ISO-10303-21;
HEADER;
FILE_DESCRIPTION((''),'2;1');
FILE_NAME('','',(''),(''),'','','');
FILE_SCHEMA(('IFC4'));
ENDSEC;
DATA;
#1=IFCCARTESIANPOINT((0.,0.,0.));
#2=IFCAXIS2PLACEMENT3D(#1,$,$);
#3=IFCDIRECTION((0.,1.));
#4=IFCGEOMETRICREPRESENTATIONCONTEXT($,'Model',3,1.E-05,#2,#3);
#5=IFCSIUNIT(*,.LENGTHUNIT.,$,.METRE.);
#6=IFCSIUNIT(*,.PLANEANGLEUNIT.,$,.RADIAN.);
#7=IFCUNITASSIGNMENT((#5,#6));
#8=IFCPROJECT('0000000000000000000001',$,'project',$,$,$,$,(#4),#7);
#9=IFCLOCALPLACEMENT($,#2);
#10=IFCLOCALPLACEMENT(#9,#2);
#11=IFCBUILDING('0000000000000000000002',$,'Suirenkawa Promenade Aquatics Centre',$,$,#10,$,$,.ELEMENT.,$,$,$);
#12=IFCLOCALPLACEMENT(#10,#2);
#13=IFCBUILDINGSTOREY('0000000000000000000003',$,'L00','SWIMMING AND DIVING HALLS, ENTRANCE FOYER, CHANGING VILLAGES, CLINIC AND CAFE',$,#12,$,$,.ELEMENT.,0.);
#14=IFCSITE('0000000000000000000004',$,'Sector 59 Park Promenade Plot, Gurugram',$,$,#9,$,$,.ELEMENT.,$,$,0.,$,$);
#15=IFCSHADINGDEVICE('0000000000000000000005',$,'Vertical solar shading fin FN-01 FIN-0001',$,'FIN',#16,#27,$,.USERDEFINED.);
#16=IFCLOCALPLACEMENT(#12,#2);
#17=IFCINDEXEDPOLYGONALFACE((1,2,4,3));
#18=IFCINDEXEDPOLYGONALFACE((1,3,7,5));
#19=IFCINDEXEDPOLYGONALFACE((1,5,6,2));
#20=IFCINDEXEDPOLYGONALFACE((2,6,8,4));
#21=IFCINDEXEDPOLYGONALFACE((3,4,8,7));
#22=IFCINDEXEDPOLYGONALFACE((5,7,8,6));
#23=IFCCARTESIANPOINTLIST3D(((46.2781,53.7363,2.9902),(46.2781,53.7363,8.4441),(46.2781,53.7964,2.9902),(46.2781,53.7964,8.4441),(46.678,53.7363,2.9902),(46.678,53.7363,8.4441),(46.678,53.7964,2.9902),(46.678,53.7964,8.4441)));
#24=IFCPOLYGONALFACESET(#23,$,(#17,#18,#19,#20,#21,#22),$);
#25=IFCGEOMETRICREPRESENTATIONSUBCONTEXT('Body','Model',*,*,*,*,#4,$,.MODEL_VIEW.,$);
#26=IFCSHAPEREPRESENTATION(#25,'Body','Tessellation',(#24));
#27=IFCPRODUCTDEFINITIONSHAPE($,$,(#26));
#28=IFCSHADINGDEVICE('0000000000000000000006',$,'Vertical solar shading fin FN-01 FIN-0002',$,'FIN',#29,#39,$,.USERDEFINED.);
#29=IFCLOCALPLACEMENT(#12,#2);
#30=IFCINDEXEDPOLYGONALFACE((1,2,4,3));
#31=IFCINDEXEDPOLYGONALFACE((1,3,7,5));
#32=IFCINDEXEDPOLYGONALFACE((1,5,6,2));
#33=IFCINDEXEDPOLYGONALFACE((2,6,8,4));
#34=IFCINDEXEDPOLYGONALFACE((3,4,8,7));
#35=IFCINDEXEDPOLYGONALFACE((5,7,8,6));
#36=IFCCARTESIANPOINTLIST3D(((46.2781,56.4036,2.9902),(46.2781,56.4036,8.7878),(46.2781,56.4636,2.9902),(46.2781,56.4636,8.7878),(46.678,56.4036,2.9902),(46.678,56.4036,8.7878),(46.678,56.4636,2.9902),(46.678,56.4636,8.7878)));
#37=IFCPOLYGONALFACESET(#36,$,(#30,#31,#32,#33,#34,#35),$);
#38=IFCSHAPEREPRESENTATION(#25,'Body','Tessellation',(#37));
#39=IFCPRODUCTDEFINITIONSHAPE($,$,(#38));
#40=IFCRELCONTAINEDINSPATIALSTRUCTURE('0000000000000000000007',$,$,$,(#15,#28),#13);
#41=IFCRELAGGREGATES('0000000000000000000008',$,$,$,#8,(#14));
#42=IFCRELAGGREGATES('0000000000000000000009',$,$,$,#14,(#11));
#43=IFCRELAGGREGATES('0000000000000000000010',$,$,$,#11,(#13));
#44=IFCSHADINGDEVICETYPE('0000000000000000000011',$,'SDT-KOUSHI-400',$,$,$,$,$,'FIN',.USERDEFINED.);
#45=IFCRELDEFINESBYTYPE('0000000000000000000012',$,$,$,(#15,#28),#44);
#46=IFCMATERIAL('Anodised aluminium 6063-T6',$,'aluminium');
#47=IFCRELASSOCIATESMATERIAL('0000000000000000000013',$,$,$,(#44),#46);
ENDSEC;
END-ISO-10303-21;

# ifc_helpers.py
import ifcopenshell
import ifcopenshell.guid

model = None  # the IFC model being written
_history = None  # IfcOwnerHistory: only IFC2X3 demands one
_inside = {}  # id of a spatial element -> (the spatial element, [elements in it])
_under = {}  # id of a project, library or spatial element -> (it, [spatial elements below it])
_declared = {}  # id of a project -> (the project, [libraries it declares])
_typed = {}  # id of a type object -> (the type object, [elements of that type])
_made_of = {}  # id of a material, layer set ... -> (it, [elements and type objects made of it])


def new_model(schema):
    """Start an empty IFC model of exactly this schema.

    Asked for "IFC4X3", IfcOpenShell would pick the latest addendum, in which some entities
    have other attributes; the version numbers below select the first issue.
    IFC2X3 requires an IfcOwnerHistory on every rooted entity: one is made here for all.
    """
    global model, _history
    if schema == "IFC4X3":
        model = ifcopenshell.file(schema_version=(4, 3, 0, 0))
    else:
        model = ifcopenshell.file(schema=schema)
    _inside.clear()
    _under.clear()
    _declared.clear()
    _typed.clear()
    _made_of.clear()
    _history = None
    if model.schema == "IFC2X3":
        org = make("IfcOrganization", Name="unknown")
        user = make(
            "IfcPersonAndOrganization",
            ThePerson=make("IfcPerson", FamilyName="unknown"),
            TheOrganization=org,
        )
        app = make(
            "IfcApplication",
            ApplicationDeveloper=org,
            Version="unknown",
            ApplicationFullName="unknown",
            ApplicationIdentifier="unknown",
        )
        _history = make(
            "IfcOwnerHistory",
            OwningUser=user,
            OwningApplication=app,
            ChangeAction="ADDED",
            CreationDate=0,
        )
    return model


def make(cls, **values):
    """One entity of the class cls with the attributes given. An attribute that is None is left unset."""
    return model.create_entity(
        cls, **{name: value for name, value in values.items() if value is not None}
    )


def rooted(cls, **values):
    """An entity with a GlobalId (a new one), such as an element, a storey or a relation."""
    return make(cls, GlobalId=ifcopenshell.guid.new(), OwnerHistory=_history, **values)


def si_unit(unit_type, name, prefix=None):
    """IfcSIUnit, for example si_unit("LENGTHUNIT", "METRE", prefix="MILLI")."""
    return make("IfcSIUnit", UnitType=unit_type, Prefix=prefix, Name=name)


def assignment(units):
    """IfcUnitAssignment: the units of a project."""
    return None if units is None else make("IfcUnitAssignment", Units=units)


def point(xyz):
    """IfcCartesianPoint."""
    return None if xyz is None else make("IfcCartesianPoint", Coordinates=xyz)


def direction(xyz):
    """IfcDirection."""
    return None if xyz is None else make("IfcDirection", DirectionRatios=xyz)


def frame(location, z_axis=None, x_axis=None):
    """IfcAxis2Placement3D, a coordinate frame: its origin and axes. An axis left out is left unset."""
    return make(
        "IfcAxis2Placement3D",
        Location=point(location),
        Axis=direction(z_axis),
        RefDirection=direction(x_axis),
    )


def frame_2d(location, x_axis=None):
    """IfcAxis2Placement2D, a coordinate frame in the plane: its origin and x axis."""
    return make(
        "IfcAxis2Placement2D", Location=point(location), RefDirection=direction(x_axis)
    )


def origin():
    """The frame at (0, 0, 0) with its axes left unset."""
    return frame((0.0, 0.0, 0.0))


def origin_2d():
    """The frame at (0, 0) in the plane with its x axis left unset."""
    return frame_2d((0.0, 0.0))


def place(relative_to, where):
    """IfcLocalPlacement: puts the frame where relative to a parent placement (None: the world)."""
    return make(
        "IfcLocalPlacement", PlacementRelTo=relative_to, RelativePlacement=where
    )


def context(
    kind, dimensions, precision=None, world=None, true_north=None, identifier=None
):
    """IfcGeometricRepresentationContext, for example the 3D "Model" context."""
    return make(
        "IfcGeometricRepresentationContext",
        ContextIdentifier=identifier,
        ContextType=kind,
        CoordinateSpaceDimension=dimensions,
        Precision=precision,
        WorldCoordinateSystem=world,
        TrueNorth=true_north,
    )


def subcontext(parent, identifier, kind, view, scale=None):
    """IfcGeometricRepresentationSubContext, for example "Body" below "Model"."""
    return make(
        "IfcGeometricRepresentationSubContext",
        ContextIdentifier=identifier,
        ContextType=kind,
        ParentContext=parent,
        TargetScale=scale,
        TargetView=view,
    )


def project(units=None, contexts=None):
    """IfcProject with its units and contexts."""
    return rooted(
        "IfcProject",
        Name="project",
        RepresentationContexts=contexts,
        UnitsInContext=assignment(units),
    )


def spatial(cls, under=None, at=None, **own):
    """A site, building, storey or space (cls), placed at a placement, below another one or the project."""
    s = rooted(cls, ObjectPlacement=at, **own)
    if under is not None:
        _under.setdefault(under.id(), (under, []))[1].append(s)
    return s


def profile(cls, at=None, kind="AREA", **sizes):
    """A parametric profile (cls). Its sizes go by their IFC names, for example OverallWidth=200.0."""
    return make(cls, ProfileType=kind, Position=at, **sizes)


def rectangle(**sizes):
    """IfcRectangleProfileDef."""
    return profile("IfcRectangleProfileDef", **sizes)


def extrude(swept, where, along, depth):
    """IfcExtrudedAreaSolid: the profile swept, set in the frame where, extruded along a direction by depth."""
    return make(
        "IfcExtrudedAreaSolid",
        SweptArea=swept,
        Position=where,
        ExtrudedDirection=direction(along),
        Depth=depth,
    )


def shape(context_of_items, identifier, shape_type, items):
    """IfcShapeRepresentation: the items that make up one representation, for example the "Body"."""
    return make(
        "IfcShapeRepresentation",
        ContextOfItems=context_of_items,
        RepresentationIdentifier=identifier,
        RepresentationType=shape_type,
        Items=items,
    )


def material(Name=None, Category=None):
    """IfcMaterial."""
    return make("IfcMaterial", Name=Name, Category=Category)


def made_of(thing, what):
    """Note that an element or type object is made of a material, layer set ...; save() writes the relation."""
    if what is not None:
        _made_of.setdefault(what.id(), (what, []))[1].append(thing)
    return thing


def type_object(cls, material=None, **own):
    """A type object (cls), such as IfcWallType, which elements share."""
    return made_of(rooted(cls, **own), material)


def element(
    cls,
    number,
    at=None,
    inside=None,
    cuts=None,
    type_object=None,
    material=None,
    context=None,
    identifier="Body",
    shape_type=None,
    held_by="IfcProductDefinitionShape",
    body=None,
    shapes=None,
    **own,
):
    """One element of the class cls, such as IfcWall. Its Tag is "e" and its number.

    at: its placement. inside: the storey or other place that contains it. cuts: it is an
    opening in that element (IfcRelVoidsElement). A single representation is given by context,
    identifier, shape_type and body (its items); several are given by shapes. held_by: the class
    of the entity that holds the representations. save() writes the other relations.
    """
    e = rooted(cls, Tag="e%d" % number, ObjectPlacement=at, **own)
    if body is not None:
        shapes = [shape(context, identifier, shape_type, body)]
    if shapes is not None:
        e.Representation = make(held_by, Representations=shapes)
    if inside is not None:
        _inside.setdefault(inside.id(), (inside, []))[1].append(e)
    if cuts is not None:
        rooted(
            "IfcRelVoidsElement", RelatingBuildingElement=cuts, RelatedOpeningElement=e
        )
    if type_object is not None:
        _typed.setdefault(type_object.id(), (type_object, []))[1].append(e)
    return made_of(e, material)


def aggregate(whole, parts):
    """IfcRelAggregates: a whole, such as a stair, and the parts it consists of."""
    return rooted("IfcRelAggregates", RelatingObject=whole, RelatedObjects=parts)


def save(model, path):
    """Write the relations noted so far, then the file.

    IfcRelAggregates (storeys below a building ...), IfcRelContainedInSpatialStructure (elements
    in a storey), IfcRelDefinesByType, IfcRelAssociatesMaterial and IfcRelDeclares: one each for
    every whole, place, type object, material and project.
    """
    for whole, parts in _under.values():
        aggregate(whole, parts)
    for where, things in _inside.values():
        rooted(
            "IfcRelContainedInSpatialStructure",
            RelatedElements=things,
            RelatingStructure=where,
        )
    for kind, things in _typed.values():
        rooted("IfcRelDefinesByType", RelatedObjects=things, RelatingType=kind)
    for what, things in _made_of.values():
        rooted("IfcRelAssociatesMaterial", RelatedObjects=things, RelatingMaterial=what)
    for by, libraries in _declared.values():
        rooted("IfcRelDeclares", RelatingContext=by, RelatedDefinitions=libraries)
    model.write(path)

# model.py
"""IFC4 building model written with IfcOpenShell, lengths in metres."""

from ifc_helpers import new_model, si_unit, direction, frame, origin, origin_2d, place, context, subcontext, project, spatial, rectangle, extrude, material, type_object, element, save


model = new_model("IFC4")

# Units and contexts
model_context = context("Model", 3, precision=1e-05, world=origin(), true_north=direction((0.0, 1.0)))
body_context = subcontext(model_context, "Body", "Model", "MODEL_VIEW")
ifc_project = project(units=[si_unit("LENGTHUNIT", "METRE"), si_unit("PLANEANGLEUNIT", "RADIAN")], contexts=[model_context])

# Site, building, storey
site_placement = place(None, origin())
site = spatial("IfcSite", under=ifc_project, at=site_placement, Name="Sector 59 Park Promenade Plot, Gurugram", CompositionType="ELEMENT", RefElevation=0.0)
building_placement = place(site_placement, origin())
building = spatial("IfcBuilding", under=site, at=building_placement, Name="Suirenkawa Promenade Aquatics Centre", CompositionType="ELEMENT")
storey_placement = place(building_placement, origin())
storey = spatial("IfcBuildingStorey", under=building, at=storey_placement, Name="L00", Description="SWIMMING AND DIVING HALLS, ENTRANCE FOYER, CHANGING VILLAGES, CLINIC AND CAFE", CompositionType="ELEMENT", Elevation=0.0)

# Shared definitions
ifc_material_1 = material(Name="Anodised aluminium 6063-T6", Category="aluminium")

# Shading devices
shading_device_type_1 = type_object("IfcShadingDeviceType", Name="SDT-KOUSHI-400", ElementType="FIN", PredefinedType="USERDEFINED", material=ifc_material_1)
shading_device_1_placement = place(storey_placement, frame((46.478, 53.7664, 2.9902), z_axis=(0.0, 0.0, 1.0), x_axis=(-1.0, 0.0, 0.0)))
element("IfcShadingDevice", 1, at=shading_device_1_placement, inside=storey, type_object=shading_device_type_1, Name="Vertical solar shading fin FN-01 FIN-0001", ObjectType="FIN", PredefinedType="USERDEFINED", context=body_context, shape_type="SweptSolid", body=[
    extrude(rectangle(XDim=0.3999, YDim=0.0601, at=origin_2d()), origin(), (0.0, 0.0, 1.0), 5.4539),
])
shading_device_2_placement = place(storey_placement, frame((46.478, 56.4336, 2.9902), z_axis=(0.0, 0.0, 1.0), x_axis=(-1.0, 0.0, 0.0)))
element("IfcShadingDevice", 2, at=shading_device_2_placement, inside=storey, type_object=shading_device_type_1, Name="Vertical solar shading fin FN-01 FIN-0002", ObjectType="FIN", PredefinedType="USERDEFINED", context=body_context, shape_type="SweptSolid", body=[
    extrude(rectangle(XDim=0.3999, YDim=0.0601, at=origin_2d()), origin(), (0.0, 0.0, 1.0), 5.7976),
])

save(model, "model.ifc")
